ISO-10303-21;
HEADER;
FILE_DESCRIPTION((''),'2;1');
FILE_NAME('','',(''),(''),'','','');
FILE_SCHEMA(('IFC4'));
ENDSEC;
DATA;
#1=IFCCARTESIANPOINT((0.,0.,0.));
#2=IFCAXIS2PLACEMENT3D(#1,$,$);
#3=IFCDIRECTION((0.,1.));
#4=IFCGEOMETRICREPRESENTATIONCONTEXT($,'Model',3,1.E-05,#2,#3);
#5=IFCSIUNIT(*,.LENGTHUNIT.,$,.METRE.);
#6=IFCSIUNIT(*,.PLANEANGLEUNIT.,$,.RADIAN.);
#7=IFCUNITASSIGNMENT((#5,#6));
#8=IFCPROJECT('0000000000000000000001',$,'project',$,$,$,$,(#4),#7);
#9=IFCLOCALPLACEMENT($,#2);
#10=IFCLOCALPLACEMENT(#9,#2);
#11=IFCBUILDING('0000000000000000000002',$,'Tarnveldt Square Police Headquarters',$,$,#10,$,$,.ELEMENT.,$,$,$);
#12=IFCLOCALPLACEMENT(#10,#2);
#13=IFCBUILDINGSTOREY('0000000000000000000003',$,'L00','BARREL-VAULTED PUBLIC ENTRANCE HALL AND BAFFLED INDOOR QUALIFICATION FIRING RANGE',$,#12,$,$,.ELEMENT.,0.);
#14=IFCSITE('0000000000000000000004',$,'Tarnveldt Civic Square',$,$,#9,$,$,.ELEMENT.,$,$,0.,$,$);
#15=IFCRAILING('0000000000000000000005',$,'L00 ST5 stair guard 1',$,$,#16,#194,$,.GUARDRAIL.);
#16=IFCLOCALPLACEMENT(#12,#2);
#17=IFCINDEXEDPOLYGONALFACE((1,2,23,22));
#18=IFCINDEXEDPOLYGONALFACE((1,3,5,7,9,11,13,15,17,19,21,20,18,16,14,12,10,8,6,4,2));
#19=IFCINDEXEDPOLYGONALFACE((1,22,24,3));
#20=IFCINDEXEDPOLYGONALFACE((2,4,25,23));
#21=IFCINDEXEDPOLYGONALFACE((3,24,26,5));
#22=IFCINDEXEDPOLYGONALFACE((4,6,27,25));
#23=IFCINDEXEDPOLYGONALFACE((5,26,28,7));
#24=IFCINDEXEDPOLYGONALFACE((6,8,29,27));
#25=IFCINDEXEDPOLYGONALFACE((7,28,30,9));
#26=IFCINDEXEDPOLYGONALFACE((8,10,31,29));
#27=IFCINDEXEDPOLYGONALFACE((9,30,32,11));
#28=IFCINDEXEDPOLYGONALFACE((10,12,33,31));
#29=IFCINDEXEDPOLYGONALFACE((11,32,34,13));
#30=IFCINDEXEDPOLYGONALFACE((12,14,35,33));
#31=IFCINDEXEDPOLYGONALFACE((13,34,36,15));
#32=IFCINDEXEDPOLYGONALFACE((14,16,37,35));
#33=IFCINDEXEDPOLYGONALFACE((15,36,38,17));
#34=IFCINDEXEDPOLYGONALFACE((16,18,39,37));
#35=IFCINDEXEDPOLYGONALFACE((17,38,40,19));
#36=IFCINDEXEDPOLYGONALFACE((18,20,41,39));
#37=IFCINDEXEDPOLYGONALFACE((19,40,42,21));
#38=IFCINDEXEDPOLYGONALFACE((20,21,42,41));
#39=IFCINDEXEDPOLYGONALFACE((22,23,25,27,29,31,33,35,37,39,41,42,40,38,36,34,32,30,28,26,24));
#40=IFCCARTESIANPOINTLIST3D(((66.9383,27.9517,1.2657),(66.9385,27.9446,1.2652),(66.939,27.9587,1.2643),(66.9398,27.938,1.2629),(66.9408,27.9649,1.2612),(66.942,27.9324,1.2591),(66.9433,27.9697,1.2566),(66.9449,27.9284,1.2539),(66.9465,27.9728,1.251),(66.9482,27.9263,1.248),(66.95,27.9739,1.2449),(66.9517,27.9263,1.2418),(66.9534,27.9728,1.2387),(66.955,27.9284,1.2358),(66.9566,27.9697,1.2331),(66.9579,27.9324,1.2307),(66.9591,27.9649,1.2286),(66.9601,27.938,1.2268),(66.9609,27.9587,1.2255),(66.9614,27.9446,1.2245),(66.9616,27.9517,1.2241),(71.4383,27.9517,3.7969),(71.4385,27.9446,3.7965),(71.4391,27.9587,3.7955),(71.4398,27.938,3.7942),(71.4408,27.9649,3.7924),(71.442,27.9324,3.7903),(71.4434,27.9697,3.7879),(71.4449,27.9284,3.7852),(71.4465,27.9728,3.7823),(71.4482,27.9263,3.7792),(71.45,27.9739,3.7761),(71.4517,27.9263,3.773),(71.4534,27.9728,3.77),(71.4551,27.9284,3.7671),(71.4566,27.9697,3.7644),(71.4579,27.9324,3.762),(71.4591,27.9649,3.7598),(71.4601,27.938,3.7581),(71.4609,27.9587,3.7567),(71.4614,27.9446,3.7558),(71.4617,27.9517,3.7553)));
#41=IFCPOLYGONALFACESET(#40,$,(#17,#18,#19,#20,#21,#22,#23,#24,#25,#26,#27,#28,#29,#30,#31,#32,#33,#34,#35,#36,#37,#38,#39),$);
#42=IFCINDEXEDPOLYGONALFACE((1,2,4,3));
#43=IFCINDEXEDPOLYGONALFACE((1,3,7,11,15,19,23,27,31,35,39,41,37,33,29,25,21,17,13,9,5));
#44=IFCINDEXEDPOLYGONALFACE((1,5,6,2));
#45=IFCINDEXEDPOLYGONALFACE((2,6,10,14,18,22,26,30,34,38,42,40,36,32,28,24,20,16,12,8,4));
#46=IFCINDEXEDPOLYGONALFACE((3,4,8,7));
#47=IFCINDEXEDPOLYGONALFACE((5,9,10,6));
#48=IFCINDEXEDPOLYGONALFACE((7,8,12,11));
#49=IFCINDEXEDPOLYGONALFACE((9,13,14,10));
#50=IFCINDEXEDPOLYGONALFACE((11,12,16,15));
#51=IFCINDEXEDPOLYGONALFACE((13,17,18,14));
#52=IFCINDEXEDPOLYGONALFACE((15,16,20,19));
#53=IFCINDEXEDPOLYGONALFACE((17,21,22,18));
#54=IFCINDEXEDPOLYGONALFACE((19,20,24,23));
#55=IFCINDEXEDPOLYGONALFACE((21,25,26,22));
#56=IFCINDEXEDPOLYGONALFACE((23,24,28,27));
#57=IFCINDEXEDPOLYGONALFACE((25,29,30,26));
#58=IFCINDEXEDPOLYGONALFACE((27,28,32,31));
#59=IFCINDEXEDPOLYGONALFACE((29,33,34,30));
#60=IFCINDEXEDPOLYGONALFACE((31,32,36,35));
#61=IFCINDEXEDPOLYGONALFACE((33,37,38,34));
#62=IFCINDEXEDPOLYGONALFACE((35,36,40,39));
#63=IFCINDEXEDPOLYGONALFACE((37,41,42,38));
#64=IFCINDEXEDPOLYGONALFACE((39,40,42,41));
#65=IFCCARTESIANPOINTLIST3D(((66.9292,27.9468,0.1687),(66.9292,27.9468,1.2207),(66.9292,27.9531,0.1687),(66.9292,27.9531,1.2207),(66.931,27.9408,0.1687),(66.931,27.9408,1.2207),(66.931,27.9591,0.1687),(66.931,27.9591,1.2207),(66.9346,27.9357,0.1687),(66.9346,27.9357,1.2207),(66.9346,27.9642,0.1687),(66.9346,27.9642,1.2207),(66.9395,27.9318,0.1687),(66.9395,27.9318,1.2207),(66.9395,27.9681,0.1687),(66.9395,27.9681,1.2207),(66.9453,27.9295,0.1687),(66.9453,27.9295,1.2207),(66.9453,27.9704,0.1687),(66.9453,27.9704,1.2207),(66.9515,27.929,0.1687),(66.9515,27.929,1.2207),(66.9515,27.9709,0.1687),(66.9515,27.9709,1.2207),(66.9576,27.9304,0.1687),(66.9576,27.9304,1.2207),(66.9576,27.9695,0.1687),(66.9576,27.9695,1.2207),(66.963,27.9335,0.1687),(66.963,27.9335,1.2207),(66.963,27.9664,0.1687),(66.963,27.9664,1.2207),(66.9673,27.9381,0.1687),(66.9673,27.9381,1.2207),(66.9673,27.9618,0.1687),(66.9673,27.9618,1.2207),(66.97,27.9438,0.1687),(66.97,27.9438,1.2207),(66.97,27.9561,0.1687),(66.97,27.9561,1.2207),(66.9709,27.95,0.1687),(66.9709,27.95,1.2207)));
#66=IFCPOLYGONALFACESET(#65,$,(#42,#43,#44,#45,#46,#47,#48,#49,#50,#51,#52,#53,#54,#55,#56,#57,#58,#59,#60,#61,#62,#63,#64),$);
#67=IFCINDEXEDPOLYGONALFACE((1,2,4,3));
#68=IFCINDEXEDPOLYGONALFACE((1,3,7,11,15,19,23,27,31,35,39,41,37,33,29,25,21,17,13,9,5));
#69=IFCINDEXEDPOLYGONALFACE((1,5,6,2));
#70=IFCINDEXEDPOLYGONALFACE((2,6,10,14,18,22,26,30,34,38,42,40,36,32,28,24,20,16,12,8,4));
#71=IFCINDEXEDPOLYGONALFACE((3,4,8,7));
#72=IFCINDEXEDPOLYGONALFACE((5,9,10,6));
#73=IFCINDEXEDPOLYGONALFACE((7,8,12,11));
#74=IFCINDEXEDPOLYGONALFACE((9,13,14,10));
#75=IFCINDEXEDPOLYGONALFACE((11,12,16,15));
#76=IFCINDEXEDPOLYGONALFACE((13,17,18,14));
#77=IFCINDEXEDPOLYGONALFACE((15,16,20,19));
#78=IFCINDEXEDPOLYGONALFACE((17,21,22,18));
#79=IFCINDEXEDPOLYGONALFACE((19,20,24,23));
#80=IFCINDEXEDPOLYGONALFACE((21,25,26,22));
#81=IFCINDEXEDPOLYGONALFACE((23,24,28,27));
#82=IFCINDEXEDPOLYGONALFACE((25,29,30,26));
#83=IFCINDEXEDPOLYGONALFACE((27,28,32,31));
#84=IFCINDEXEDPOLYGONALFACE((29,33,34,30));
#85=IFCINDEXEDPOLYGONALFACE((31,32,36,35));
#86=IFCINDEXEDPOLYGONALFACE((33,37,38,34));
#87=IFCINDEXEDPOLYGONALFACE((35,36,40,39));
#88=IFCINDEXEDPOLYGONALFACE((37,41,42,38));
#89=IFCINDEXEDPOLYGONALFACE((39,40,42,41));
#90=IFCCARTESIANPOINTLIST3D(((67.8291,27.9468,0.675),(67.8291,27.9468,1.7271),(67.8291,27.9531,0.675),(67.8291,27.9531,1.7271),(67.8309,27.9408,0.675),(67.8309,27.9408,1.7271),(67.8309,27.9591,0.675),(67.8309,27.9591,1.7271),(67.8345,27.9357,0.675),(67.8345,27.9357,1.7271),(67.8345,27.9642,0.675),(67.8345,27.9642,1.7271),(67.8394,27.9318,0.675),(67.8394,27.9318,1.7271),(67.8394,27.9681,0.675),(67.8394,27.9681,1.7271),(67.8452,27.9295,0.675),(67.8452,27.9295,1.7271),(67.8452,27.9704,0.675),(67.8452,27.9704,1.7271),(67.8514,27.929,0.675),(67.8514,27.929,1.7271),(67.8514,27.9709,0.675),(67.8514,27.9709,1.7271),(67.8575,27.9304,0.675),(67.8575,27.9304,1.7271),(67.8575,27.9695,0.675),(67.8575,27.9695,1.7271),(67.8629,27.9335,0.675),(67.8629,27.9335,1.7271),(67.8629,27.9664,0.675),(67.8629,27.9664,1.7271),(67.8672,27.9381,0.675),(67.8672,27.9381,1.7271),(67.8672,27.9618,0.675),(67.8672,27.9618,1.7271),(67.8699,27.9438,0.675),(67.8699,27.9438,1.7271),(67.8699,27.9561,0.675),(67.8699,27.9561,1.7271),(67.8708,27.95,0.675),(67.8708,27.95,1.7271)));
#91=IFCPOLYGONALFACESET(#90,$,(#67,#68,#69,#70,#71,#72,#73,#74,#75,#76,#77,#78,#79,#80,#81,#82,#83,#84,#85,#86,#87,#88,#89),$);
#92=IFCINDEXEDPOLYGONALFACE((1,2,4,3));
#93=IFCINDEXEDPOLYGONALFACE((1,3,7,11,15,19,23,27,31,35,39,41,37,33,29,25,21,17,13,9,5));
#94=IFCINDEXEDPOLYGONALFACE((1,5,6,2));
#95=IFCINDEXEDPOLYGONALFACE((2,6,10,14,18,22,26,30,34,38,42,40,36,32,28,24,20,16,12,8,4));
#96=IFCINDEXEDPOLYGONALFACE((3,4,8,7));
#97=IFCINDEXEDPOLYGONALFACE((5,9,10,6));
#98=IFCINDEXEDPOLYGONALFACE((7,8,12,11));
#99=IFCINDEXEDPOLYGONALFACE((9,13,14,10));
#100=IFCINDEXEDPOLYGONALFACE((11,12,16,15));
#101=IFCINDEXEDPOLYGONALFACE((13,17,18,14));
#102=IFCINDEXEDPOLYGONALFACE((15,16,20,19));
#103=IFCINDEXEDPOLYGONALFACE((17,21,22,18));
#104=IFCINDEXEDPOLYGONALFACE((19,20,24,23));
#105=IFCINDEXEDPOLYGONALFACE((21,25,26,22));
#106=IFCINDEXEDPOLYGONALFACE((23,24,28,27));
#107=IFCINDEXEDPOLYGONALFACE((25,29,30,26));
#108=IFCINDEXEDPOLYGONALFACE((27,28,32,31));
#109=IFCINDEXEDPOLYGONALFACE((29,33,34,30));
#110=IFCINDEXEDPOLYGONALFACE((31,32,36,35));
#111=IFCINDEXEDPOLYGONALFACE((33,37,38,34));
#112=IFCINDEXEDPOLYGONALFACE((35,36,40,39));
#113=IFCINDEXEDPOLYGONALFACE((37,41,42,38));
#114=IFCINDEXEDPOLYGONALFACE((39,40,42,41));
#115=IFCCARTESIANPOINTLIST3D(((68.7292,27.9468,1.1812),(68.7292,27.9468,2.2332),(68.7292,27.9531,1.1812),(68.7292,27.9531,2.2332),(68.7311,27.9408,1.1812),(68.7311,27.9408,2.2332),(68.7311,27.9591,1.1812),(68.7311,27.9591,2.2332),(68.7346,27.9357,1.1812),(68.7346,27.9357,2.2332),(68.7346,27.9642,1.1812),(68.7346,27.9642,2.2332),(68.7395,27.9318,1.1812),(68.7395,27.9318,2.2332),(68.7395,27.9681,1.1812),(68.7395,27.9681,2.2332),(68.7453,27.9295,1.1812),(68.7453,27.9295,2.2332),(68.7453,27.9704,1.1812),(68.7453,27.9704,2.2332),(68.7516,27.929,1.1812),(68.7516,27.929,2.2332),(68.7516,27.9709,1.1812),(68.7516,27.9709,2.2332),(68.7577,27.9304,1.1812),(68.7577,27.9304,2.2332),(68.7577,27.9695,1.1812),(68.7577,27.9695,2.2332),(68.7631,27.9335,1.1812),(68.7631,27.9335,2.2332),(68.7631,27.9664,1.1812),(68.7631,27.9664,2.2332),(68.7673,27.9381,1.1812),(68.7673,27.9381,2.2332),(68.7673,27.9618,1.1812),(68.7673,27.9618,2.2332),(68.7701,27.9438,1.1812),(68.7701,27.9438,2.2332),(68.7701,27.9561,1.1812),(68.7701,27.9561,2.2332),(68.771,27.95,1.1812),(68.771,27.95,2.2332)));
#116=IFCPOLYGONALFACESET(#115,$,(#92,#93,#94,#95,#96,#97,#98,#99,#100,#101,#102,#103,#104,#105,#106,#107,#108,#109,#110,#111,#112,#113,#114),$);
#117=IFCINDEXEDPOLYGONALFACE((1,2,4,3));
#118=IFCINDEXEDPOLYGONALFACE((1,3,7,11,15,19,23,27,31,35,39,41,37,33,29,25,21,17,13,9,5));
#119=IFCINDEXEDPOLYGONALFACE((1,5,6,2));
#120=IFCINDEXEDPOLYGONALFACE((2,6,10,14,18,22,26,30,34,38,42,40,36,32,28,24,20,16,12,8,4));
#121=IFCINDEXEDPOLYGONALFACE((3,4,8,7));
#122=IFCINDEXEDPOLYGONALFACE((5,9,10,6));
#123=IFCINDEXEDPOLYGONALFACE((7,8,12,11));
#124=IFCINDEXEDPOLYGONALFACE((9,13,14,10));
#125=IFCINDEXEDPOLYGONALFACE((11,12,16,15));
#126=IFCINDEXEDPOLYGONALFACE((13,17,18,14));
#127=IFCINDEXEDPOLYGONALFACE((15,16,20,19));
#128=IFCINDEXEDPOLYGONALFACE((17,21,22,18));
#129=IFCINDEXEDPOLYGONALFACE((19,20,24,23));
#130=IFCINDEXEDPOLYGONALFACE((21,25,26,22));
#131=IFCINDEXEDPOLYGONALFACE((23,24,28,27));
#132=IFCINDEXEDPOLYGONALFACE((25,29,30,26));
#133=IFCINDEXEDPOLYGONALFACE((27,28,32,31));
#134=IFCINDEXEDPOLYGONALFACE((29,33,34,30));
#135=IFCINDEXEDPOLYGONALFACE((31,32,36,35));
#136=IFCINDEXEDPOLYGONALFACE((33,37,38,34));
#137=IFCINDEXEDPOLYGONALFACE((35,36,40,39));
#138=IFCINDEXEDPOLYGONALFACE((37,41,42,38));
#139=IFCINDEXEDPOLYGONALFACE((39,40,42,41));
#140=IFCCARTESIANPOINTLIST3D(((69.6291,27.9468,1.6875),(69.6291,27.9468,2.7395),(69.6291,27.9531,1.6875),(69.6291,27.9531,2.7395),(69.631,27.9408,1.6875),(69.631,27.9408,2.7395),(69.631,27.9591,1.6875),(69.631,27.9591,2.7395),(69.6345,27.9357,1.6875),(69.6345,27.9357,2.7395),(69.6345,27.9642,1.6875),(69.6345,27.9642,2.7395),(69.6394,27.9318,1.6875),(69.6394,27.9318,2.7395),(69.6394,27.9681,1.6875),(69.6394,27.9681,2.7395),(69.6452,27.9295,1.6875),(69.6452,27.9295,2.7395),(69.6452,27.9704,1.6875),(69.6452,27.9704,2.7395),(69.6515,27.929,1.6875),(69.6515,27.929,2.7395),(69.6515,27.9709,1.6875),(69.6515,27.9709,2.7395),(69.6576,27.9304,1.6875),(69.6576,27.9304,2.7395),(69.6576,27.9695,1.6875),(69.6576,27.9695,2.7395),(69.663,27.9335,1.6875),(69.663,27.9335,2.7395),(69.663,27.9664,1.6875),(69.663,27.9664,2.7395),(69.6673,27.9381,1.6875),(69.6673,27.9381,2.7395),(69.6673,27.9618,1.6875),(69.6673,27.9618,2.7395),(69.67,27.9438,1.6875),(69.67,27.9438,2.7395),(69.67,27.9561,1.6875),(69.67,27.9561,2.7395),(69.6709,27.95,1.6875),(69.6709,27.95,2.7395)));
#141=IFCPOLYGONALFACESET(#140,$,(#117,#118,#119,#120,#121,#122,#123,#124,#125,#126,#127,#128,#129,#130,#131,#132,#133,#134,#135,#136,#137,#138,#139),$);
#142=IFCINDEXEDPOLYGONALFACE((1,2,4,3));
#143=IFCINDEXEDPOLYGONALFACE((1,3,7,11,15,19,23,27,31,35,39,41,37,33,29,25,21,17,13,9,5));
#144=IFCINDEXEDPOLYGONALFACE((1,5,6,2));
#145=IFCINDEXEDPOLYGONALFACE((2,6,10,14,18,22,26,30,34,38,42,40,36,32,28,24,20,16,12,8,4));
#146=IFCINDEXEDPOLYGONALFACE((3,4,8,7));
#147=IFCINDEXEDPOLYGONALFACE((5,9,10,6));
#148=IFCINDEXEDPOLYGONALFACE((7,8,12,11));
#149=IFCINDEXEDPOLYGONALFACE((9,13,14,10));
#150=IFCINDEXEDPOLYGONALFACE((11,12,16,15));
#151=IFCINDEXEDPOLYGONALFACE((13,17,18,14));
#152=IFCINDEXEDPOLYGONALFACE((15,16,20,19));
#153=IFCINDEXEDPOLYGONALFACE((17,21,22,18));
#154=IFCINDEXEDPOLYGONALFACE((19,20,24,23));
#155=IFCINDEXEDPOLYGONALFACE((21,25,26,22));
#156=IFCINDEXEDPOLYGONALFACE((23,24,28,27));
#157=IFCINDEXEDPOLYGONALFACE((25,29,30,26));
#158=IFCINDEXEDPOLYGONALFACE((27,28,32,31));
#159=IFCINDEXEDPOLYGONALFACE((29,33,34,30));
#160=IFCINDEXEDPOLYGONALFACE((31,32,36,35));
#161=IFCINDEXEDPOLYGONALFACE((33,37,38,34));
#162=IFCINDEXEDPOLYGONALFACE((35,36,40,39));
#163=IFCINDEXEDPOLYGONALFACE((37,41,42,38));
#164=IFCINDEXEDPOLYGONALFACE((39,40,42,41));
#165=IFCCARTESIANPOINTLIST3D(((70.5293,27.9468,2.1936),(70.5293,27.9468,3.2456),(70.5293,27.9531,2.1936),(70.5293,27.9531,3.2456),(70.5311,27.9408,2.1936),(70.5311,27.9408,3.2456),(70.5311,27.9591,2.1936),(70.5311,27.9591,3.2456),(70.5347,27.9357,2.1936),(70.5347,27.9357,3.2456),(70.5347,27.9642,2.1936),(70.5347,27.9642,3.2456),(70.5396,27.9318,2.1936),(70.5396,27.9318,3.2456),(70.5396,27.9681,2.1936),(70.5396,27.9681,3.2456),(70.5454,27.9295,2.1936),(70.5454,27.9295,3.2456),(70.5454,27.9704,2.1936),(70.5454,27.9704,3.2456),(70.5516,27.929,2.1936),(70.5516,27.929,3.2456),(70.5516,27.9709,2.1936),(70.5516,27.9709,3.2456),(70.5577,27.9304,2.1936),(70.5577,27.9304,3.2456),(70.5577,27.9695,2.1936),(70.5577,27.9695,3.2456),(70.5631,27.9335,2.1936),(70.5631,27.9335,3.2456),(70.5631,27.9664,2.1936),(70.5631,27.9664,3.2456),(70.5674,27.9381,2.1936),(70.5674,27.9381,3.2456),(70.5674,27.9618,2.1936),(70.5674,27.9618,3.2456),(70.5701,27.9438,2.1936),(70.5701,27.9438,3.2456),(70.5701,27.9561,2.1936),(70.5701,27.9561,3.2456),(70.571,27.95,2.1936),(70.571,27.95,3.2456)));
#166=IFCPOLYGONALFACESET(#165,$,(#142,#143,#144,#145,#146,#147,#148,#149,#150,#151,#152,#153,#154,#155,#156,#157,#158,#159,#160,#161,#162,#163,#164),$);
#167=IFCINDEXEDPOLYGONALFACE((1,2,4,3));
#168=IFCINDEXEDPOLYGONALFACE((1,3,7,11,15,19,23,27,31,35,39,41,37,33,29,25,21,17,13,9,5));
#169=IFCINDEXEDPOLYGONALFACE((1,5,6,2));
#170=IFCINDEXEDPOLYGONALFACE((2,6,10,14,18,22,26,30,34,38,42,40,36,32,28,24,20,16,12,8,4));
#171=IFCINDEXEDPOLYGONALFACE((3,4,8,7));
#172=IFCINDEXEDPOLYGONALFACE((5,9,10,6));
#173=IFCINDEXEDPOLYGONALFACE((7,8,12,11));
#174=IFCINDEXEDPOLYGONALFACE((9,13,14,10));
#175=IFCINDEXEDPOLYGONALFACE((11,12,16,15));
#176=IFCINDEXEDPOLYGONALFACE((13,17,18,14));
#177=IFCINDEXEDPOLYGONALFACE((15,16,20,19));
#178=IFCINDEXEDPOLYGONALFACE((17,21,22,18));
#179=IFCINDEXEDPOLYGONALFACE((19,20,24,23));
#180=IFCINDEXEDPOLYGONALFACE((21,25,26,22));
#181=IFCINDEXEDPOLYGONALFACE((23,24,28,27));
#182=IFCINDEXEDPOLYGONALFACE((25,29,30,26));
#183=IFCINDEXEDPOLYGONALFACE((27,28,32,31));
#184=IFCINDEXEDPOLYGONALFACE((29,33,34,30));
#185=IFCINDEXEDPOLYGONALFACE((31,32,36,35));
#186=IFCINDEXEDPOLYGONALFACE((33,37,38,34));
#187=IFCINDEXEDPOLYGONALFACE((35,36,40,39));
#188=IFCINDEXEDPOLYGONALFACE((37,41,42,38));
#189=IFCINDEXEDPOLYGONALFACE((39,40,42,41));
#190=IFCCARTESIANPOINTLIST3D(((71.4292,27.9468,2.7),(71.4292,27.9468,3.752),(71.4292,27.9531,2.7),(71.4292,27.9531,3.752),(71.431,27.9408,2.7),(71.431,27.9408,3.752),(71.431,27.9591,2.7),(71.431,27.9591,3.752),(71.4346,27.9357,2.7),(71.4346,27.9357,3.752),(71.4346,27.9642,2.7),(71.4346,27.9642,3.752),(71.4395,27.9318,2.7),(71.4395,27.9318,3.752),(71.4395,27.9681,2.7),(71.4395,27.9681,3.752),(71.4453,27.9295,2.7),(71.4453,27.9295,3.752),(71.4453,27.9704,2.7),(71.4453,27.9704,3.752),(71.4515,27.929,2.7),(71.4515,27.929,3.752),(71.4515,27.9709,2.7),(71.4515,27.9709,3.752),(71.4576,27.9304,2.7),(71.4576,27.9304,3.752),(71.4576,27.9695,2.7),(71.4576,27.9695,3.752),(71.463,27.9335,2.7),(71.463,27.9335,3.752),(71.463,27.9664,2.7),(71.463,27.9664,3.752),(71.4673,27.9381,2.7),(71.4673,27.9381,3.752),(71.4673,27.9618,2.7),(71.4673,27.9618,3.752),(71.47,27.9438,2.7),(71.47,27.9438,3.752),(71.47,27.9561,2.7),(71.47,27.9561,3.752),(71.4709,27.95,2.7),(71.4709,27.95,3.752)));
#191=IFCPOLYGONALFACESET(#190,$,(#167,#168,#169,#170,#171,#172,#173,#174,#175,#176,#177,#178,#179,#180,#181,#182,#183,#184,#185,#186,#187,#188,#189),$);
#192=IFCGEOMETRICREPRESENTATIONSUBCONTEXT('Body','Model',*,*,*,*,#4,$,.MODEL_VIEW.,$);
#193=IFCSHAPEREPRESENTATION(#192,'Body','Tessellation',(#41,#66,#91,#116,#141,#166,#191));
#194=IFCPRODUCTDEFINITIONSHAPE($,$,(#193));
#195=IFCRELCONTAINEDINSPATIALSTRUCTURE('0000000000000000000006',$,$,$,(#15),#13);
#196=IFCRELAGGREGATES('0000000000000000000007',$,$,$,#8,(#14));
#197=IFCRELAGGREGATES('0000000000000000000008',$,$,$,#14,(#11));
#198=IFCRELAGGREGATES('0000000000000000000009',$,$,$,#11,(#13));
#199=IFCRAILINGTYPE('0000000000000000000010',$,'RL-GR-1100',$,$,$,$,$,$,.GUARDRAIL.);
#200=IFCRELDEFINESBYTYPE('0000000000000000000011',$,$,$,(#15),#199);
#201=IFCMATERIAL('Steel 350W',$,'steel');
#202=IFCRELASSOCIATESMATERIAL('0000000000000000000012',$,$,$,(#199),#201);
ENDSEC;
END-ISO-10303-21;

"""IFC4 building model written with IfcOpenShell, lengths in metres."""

from ifc_helpers import new_model, si_unit, direction, frame, origin, origin_2d, place, context, subcontext, project, spatial, circle, extrude, material, type_object, element, save


model = new_model("IFC4")

# Units and contexts
model_context = context("Model", 3, precision=1e-05, world=origin(), true_north=direction((0.0, 1.0)))
body_context = subcontext(model_context, "Body", "Model", "MODEL_VIEW")
ifc_project = project(units=[si_unit("LENGTHUNIT", "METRE"), si_unit("PLANEANGLEUNIT", "RADIAN")], contexts=[model_context])

# Site, building, storey
site_placement = place(None, origin())
site = spatial("IfcSite", under=ifc_project, at=site_placement, Name="Tarnveldt Civic Square", CompositionType="ELEMENT", RefElevation=0.0)
building_placement = place(site_placement, origin())
building = spatial("IfcBuilding", under=site, at=building_placement, Name="Tarnveldt Square Police Headquarters", CompositionType="ELEMENT")
storey_placement = place(building_placement, origin())
storey = spatial("IfcBuildingStorey", under=building, at=storey_placement, Name="L00", Description="BARREL-VAULTED PUBLIC ENTRANCE HALL AND BAFFLED INDOOR QUALIFICATION FIRING RANGE", CompositionType="ELEMENT", Elevation=0.0)

# Railing
ifc_material_1 = material(Name="Steel 350W", Category="steel")
railing_type_1 = type_object("IfcRailingType", Name="RL-GR-1100", PredefinedType="GUARDRAIL", material=ifc_material_1)
railing_1_placement = place(storey_placement, frame((66.95, 27.95, 0.1687)))
element("IfcRailing", 1, at=railing_1_placement, inside=storey, type_object=railing_type_1, Name="L00 ST5 stair guard 1", PredefinedType="GUARDRAIL", context=body_context, shape_type="SweptSolid", body=[
    extrude(circle(Radius=0.0239, at=origin_2d()), frame((0.0, 0.0, 1.0762), z_axis=(0.871576, 0.0, 0.490261), x_axis=(0.0, 1.0, 0.0)), (0.0, 0.0, 1.0), 5.1631),
    extrude(circle(Radius=0.021, at=origin_2d()), origin(), (0.0, 0.0, 1.0), 1.052),
    extrude(circle(Radius=0.021, at=origin_2d()), frame((0.8999, 0.0, 0.5063)), (0.0, 0.0, 1.0), 1.052),
    extrude(circle(Radius=0.021, at=origin_2d()), frame((1.8, 0.0, 1.0125)), (0.0, 0.0, 1.0), 1.052),
    extrude(circle(Radius=0.021, at=origin_2d()), frame((2.7, 0.0, 1.5188)), (0.0, 0.0, 1.0), 1.052),
    extrude(circle(Radius=0.021, at=origin_2d()), frame((3.6001, 0.0, 2.0249)), (0.0, 0.0, 1.0), 1.052),
    extrude(circle(Radius=0.021, at=origin_2d()), frame((4.5, 0.0, 2.5312)), (0.0, 0.0, 1.0), 1.052),
])

save(model, "model.ifc")
